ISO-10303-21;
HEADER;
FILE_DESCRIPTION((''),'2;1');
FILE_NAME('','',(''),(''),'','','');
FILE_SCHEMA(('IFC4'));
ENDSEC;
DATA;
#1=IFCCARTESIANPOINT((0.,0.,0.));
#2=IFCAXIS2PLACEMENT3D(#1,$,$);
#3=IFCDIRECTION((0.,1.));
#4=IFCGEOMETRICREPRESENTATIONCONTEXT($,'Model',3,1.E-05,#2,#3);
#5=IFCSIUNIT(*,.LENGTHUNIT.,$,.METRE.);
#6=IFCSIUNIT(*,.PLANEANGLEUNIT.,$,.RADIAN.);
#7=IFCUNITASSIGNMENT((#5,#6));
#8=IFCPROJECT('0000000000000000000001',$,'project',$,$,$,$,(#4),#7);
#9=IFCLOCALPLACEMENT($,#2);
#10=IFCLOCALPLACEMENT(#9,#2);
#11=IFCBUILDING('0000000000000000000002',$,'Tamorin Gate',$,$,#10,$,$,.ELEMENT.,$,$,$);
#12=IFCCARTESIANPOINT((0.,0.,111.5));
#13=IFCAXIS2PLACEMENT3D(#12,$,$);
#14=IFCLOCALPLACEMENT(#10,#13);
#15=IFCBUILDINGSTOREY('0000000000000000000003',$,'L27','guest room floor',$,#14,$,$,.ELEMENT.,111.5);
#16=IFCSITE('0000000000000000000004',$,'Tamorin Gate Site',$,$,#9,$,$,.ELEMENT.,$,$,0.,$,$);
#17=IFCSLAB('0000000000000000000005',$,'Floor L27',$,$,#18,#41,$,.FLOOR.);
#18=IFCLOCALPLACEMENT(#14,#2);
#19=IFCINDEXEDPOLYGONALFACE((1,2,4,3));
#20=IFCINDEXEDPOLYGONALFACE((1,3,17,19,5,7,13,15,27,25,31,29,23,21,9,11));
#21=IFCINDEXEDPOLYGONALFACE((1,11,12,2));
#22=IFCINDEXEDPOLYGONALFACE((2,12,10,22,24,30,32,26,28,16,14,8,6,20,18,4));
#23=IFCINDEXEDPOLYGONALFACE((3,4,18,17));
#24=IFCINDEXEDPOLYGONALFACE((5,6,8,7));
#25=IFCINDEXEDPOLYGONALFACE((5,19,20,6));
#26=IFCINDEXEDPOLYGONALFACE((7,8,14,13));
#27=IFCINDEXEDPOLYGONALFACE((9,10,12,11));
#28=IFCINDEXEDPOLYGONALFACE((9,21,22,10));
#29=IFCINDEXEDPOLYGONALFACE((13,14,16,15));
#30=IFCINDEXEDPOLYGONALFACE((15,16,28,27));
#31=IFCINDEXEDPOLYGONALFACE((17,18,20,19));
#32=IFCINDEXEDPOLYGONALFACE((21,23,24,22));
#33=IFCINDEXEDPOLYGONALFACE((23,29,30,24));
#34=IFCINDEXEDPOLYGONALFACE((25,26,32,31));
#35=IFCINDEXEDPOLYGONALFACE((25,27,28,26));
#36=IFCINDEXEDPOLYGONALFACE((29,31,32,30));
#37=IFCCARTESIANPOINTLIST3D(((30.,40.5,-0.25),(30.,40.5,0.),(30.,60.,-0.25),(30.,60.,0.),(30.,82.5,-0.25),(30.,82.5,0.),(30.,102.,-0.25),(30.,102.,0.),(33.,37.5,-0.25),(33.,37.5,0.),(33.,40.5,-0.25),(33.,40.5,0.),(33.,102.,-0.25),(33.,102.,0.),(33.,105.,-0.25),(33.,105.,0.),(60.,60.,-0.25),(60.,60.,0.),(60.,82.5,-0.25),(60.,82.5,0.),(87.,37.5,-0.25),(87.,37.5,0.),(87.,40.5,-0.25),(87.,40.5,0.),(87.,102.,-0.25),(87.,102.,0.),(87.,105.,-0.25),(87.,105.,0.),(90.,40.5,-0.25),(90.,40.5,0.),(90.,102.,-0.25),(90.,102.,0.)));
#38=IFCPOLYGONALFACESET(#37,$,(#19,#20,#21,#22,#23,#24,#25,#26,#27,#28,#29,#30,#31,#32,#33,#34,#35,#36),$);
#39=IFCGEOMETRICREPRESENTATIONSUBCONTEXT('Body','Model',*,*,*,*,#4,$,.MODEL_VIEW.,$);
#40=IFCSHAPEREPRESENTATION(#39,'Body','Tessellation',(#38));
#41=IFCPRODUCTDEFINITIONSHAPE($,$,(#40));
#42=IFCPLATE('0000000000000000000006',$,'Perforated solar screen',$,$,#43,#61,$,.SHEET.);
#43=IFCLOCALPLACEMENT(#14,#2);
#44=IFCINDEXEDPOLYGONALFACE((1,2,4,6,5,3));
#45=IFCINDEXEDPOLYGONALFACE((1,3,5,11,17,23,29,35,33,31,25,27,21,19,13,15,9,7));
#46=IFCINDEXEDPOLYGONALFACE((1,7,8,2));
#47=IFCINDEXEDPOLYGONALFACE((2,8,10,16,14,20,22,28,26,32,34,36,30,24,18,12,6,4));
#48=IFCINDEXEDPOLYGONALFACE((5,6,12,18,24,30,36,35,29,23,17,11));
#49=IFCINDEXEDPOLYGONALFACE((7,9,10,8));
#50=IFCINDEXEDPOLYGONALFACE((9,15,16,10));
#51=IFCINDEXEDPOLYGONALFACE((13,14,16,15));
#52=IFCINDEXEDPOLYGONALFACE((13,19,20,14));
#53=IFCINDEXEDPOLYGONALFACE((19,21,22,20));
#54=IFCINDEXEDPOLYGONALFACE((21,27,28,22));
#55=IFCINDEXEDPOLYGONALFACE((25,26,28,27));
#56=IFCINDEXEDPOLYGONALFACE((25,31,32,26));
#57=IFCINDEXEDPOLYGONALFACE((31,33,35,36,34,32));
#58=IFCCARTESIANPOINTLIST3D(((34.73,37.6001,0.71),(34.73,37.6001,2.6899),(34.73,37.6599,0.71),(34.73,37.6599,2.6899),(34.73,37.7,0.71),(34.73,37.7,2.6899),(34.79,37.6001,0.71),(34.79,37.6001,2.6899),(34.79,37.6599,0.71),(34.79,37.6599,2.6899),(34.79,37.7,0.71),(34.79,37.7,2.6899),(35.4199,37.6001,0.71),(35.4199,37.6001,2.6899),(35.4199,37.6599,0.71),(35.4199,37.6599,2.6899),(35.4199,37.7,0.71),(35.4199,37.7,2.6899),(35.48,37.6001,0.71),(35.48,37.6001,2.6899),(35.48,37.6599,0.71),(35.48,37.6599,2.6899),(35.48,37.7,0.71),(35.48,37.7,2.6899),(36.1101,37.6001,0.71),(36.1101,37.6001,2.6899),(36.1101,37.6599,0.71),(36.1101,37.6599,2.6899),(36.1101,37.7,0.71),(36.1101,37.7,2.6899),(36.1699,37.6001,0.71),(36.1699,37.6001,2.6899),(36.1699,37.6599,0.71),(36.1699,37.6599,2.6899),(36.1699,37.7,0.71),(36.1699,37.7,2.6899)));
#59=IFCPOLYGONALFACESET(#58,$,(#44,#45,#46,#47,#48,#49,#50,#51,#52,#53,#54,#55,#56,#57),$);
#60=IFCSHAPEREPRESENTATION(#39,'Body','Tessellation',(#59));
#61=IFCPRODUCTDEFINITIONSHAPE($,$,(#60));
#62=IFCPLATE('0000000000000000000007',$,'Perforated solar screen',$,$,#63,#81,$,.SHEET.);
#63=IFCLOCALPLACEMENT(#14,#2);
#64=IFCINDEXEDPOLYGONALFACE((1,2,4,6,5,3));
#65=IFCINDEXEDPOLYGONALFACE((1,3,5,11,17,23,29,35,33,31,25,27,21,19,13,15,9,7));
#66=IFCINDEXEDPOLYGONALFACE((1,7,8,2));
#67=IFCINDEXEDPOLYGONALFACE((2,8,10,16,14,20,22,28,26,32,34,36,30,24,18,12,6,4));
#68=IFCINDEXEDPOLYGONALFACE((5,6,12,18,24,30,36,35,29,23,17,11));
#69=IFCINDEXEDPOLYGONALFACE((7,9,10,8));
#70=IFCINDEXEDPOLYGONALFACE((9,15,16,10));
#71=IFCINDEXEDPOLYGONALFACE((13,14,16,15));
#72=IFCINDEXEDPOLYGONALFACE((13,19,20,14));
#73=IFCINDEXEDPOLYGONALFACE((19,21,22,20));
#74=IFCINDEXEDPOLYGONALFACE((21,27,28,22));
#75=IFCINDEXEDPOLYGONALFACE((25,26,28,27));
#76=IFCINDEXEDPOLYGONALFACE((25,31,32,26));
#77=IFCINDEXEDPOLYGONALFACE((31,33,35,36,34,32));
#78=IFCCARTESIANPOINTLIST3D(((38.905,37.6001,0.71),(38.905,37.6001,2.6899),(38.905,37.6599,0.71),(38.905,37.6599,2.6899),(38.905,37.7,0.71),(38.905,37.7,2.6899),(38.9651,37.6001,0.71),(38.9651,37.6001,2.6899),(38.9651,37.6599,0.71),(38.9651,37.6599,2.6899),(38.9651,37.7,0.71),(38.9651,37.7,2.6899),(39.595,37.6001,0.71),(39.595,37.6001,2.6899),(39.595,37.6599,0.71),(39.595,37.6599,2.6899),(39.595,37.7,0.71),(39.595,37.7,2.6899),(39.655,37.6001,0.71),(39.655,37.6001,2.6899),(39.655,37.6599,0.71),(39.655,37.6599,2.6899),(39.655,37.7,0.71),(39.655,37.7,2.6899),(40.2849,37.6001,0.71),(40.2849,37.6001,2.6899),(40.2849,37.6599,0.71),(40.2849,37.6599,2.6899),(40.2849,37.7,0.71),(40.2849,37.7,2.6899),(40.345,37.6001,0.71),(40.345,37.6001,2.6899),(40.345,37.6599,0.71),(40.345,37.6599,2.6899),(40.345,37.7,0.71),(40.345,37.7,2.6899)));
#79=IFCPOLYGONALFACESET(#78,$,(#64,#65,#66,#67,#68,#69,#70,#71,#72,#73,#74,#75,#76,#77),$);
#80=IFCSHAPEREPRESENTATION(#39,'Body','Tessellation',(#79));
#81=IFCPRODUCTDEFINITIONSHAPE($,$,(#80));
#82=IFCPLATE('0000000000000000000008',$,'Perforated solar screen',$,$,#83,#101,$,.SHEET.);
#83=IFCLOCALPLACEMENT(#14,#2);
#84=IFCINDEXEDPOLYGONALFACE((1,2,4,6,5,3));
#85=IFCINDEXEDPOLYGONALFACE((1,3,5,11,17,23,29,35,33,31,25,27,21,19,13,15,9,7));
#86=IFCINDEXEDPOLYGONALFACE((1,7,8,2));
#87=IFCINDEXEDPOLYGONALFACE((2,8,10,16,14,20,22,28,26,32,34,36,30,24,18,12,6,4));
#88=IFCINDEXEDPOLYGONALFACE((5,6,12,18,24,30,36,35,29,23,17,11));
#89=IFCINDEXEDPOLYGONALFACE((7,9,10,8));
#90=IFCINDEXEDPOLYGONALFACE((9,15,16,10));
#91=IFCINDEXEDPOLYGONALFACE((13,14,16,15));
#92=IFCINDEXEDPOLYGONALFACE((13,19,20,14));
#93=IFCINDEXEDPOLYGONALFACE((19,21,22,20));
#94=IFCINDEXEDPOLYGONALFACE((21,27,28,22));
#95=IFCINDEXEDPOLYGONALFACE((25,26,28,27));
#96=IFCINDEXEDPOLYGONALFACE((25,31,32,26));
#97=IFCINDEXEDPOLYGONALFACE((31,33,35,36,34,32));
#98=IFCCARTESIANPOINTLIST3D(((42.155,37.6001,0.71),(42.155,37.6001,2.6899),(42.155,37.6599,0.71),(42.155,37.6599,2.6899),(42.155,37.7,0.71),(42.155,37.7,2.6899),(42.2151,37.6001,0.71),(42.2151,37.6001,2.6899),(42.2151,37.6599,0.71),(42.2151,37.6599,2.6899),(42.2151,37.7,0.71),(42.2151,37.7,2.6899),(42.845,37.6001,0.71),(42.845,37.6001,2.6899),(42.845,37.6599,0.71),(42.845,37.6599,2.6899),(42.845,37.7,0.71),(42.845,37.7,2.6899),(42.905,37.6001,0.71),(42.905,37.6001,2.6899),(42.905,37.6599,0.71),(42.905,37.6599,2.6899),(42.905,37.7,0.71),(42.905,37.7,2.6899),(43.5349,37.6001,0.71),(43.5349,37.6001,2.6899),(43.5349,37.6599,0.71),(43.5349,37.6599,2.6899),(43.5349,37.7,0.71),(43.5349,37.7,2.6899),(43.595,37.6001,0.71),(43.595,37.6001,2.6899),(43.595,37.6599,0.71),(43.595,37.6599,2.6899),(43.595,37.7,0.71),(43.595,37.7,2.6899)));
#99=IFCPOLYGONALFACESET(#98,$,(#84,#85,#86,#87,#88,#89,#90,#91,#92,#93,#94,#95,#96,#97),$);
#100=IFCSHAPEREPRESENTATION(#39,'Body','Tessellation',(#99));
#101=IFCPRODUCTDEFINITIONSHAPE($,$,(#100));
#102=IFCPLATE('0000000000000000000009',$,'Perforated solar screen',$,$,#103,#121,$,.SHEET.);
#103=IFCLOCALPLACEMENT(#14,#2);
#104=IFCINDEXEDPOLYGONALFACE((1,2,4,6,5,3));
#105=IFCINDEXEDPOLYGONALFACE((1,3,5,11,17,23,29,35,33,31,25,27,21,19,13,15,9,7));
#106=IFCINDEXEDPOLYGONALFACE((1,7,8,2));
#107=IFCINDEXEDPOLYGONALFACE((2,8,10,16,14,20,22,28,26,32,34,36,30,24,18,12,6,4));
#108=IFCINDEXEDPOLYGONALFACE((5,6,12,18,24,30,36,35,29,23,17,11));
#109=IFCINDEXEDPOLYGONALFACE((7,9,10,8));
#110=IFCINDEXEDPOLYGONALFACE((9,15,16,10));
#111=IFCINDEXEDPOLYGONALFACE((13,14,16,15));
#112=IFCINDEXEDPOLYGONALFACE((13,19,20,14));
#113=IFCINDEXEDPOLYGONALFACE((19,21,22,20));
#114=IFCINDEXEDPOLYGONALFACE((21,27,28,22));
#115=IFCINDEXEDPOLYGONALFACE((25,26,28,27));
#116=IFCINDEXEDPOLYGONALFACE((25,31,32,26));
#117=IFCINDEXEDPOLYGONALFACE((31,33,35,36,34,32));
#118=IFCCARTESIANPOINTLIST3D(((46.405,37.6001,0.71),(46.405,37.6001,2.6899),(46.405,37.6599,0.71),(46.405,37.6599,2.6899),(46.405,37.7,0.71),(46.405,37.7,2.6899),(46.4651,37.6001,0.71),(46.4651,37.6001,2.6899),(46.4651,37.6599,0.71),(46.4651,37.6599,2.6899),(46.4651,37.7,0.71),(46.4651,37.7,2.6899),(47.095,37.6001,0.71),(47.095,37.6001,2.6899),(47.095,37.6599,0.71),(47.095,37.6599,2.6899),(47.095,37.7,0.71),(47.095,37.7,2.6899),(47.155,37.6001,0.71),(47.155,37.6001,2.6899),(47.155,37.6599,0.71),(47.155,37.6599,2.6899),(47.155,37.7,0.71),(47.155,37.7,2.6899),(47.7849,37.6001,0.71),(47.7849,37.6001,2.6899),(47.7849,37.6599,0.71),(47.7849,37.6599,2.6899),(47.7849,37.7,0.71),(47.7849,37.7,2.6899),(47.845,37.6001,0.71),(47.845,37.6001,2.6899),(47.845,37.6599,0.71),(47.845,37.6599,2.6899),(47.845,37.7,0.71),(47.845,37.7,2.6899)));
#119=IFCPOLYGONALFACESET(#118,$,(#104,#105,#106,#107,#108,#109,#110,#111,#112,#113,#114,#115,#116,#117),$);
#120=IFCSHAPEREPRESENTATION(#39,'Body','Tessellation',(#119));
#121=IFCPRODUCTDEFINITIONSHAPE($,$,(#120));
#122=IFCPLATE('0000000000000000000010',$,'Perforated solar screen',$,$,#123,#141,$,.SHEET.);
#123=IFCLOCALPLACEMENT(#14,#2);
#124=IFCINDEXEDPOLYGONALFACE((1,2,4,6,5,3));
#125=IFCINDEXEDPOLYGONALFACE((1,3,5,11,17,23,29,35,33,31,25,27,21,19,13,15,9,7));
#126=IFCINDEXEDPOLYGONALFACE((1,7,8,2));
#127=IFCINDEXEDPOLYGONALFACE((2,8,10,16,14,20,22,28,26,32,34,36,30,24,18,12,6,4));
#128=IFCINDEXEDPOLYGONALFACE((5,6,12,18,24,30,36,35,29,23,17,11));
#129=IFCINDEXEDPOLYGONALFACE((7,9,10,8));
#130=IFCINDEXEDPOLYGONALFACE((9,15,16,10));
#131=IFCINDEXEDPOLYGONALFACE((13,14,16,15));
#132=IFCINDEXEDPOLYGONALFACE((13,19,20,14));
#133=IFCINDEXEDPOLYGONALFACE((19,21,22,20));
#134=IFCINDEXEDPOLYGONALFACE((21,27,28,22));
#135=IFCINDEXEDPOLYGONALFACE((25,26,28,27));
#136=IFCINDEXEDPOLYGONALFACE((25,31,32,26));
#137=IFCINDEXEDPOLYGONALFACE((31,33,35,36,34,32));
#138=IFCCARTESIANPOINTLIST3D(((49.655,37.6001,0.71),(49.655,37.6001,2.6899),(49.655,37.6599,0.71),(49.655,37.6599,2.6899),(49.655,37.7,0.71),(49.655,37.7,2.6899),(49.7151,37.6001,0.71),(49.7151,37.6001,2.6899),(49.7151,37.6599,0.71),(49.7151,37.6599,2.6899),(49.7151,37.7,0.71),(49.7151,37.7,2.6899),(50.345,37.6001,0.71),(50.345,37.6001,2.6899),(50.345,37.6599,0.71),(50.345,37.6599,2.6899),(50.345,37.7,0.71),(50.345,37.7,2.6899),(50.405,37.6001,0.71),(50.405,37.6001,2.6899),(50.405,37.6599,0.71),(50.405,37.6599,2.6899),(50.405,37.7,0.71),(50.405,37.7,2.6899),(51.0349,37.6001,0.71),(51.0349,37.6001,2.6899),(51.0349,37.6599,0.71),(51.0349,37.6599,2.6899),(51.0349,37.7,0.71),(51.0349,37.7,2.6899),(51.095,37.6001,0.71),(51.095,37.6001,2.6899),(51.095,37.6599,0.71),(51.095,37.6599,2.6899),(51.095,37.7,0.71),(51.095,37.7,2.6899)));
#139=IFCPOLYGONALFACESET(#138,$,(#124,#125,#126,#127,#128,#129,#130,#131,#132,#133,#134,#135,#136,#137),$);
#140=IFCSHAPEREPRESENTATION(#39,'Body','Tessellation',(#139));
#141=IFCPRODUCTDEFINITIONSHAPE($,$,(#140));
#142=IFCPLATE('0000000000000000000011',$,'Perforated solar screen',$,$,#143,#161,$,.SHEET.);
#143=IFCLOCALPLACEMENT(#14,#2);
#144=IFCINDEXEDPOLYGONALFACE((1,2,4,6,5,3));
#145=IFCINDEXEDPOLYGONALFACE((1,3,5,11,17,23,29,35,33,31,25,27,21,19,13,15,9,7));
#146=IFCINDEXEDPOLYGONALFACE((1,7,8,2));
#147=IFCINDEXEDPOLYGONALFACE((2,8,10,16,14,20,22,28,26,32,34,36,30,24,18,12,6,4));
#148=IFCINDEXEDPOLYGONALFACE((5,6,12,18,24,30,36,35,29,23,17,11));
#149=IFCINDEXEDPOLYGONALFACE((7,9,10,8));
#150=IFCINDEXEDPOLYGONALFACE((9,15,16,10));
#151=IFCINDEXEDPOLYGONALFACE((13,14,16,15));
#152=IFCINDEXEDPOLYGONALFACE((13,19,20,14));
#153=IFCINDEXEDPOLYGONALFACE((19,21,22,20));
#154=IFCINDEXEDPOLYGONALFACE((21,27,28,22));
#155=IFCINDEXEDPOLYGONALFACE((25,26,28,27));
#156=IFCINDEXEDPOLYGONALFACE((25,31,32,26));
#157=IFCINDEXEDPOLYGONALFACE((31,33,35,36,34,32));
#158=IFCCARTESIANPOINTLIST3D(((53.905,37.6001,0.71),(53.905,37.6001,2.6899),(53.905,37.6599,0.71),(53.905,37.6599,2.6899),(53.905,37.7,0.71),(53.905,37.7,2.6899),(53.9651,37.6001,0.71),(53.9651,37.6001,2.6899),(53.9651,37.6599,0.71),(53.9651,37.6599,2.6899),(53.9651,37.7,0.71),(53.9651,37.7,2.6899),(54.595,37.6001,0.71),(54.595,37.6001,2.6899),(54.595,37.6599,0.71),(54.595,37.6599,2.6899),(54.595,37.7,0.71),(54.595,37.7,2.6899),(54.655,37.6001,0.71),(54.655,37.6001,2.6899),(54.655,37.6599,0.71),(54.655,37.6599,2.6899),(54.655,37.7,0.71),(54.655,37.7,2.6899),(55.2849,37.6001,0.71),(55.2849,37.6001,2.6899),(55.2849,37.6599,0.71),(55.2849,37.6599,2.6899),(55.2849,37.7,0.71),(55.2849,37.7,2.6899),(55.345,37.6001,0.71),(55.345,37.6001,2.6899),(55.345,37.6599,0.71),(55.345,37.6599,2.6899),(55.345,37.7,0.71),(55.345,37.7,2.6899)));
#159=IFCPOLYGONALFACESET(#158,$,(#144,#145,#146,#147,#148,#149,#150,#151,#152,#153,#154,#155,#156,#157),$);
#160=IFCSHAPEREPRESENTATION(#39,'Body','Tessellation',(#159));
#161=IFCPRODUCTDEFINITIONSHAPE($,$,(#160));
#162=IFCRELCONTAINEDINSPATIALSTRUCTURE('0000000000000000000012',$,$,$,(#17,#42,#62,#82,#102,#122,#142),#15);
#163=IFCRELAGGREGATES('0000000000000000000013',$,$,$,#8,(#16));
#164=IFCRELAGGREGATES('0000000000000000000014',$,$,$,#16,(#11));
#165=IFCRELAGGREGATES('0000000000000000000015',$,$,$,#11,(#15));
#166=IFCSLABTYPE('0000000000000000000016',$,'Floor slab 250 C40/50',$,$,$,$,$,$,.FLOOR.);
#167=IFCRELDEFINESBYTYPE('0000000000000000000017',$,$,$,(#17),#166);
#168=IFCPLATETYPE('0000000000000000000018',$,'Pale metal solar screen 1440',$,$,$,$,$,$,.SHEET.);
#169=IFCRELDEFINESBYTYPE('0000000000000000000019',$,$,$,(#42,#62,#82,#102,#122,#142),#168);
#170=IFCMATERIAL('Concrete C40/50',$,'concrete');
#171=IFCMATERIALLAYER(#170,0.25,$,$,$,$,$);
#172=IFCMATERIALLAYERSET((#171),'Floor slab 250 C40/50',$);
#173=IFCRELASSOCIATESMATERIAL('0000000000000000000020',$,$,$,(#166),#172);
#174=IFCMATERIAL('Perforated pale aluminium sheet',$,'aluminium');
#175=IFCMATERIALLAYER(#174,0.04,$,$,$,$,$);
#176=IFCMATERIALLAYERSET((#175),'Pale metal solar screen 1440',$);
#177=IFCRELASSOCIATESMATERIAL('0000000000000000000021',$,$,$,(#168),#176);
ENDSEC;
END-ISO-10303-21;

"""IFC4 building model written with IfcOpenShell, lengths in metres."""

from ifc_helpers import new_model, si_unit, direction, frame, origin, place, context, subcontext, project, spatial, polyline, outline, extrude, material, layer, layer_set, type_object, element, save


model = new_model("IFC4")

# Units and contexts
model_context = context("Model", 3, precision=1e-05, world=origin(), true_north=direction((0.0, 1.0)))
body_context = subcontext(model_context, "Body", "Model", "MODEL_VIEW")
ifc_project = project(units=[si_unit("LENGTHUNIT", "METRE"), si_unit("PLANEANGLEUNIT", "RADIAN")], contexts=[model_context])

# Site, building, storey
site_placement = place(None, origin())
site = spatial("IfcSite", under=ifc_project, at=site_placement, Name="Tamorin Gate Site", CompositionType="ELEMENT", RefElevation=0.0)
building_placement = place(site_placement, origin())
building = spatial("IfcBuilding", under=site, at=building_placement, Name="Tamorin Gate", CompositionType="ELEMENT")
storey_placement = place(building_placement, frame((0.0, 0.0, 111.5)))
storey = spatial("IfcBuildingStorey", under=building, at=storey_placement, Name="L27", Description="guest room floor", CompositionType="ELEMENT", Elevation=111.5)

# Slab
ifc_material_1 = material(Name="Concrete C40/50", Category="concrete")
ifc_layer_1 = layer(ifc_material_1, 0.25)
ifc_layer_set_1 = layer_set([ifc_layer_1], Name="Floor slab 250 C40/50")
slab_type = type_object("IfcSlabType", Name="Floor slab 250 C40/50", PredefinedType="FLOOR", material=ifc_layer_set_1)
slab_placement = place(storey_placement, frame((0.0, 0.0, -0.25)))
element("IfcSlab", 1, at=slab_placement, inside=storey, type_object=slab_type, Name="Floor L27", PredefinedType="FLOOR", context=body_context, shape_type="SweptSolid", body=[
    extrude(outline(polyline([(30.0, 102.0), (33.0, 102.0), (33.0, 105.0), (87.0, 105.0), (87.0, 102.0), (90.0, 102.0), (90.0, 40.5), (87.0, 40.5), (87.0, 37.5), (33.0, 37.5), (33.0, 40.5), (30.0, 40.5), (30.0, 60.0), (60.0, 60.0), (60.0, 82.5), (30.0, 82.5), (30.0, 102.0)])), origin(), (0.0, 0.0, 1.0), 0.25),
])

# Plates
ifc_material_2 = material(Name="Perforated pale aluminium sheet", Category="aluminium")
ifc_layer_2 = layer(ifc_material_2, 0.04)
ifc_layer_set_2 = layer_set([ifc_layer_2], Name="Pale metal solar screen 1440")
plate_type = type_object("IfcPlateType", Name="Pale metal solar screen 1440", PredefinedType="SHEET", material=ifc_layer_set_2)
plate_1_placement = place(storey_placement, frame((0.0, 0.0, 0.71)))
element("IfcPlate", 2, at=plate_1_placement, inside=storey, type_object=plate_type, Name="Perforated solar screen", PredefinedType="SHEET", context=body_context, shape_type="SweptSolid", body=[
    extrude(outline(polyline([(34.73, 37.6599), (34.73, 37.7), (34.79, 37.7), (35.4199, 37.7), (35.48, 37.7), (36.1101, 37.7), (36.1699, 37.7), (36.1699, 37.6599), (36.1699, 37.6001), (36.1101, 37.6001), (36.1101, 37.6599), (35.48, 37.6599), (35.48, 37.6001), (35.4199, 37.6001), (35.4199, 37.6599), (34.79, 37.6599), (34.79, 37.6001), (34.73, 37.6001), (34.73, 37.6599)])), origin(), (0.0, 0.0, 1.0), 1.98),
])
plate_2_placement = place(storey_placement, frame((0.0, 0.0, 0.71)))
element("IfcPlate", 3, at=plate_2_placement, inside=storey, type_object=plate_type, Name="Perforated solar screen", PredefinedType="SHEET", context=body_context, shape_type="SweptSolid", body=[
    extrude(outline(polyline([(38.905, 37.6599), (38.905, 37.7), (38.9651, 37.7), (39.595, 37.7), (39.655, 37.7), (40.2849, 37.7), (40.345, 37.7), (40.345, 37.7), (40.345, 37.6599), (40.345, 37.6599), (40.345, 37.6001), (40.2849, 37.6001), (40.2849, 37.6599), (39.655, 37.6599), (39.655, 37.6001), (39.595, 37.6001), (39.595, 37.6599), (38.9651, 37.6599), (38.9651, 37.6001), (38.905, 37.6001), (38.905, 37.6599)])), origin(), (0.0, 0.0, 1.0), 1.98),
])
plate_3_placement = place(storey_placement, frame((0.0, 0.0, 0.71)))
element("IfcPlate", 4, at=plate_3_placement, inside=storey, type_object=plate_type, Name="Perforated solar screen", PredefinedType="SHEET", context=body_context, shape_type="SweptSolid", body=[
    extrude(outline(polyline([(42.155, 37.6599), (42.155, 37.7), (42.2151, 37.7), (42.845, 37.7), (42.905, 37.7), (43.5349, 37.7), (43.595, 37.7), (43.595, 37.6599), (43.595, 37.6001), (43.5349, 37.6001), (43.5349, 37.6599), (42.905, 37.6599), (42.905, 37.6001), (42.845, 37.6001), (42.845, 37.6599), (42.2151, 37.6599), (42.2151, 37.6001), (42.155, 37.6001), (42.155, 37.6599)])), origin(), (0.0, 0.0, 1.0), 1.98),
])
plate_4_placement = place(storey_placement, frame((0.0, 0.0, 0.71)))
element("IfcPlate", 5, at=plate_4_placement, inside=storey, type_object=plate_type, Name="Perforated solar screen", PredefinedType="SHEET", context=body_context, shape_type="SweptSolid", body=[
    extrude(outline(polyline([(46.405, 37.6599), (46.405, 37.7), (46.4651, 37.7), (47.095, 37.7), (47.155, 37.7), (47.7849, 37.7), (47.845, 37.7), (47.845, 37.6599), (47.845, 37.6001), (47.7849, 37.6001), (47.7849, 37.6599), (47.155, 37.6599), (47.155, 37.6001), (47.095, 37.6001), (47.095, 37.6599), (46.4651, 37.6599), (46.4651, 37.6001), (46.405, 37.6001), (46.405, 37.6599)])), origin(), (0.0, 0.0, 1.0), 1.98),
])
plate_5_placement = place(storey_placement, frame((0.0, 0.0, 0.71)))
element("IfcPlate", 6, at=plate_5_placement, inside=storey, type_object=plate_type, Name="Perforated solar screen", PredefinedType="SHEET", context=body_context, shape_type="SweptSolid", body=[
    extrude(outline(polyline([(49.655, 37.6599), (49.655, 37.7), (49.7151, 37.7), (50.345, 37.7), (50.405, 37.7), (51.0349, 37.7), (51.095, 37.7), (51.095, 37.6599), (51.095, 37.6001), (51.0349, 37.6001), (51.0349, 37.6599), (50.405, 37.6599), (50.405, 37.6001), (50.345, 37.6001), (50.345, 37.6599), (49.7151, 37.6599), (49.7151, 37.6001), (49.655, 37.6001), (49.655, 37.6599)])), origin(), (0.0, 0.0, 1.0), 1.98),
])
plate_6_placement = place(storey_placement, frame((0.0, 0.0, 0.71)))
element("IfcPlate", 7, at=plate_6_placement, inside=storey, type_object=plate_type, Name="Perforated solar screen", PredefinedType="SHEET", context=body_context, shape_type="SweptSolid", body=[
    extrude(outline(polyline([(53.905, 37.6599), (53.905, 37.7), (53.9651, 37.7), (54.595, 37.7), (54.655, 37.7), (55.2849, 37.7), (55.345, 37.7), (55.345, 37.6599), (55.345, 37.6001), (55.2849, 37.6001), (55.2849, 37.6599), (54.655, 37.6599), (54.655, 37.6001), (54.595, 37.6001), (54.595, 37.6599), (53.9651, 37.6599), (53.9651, 37.6001), (53.905, 37.6001), (53.905, 37.6599)])), origin(), (0.0, 0.0, 1.0), 1.98),
])

save(model, "model.ifc")
